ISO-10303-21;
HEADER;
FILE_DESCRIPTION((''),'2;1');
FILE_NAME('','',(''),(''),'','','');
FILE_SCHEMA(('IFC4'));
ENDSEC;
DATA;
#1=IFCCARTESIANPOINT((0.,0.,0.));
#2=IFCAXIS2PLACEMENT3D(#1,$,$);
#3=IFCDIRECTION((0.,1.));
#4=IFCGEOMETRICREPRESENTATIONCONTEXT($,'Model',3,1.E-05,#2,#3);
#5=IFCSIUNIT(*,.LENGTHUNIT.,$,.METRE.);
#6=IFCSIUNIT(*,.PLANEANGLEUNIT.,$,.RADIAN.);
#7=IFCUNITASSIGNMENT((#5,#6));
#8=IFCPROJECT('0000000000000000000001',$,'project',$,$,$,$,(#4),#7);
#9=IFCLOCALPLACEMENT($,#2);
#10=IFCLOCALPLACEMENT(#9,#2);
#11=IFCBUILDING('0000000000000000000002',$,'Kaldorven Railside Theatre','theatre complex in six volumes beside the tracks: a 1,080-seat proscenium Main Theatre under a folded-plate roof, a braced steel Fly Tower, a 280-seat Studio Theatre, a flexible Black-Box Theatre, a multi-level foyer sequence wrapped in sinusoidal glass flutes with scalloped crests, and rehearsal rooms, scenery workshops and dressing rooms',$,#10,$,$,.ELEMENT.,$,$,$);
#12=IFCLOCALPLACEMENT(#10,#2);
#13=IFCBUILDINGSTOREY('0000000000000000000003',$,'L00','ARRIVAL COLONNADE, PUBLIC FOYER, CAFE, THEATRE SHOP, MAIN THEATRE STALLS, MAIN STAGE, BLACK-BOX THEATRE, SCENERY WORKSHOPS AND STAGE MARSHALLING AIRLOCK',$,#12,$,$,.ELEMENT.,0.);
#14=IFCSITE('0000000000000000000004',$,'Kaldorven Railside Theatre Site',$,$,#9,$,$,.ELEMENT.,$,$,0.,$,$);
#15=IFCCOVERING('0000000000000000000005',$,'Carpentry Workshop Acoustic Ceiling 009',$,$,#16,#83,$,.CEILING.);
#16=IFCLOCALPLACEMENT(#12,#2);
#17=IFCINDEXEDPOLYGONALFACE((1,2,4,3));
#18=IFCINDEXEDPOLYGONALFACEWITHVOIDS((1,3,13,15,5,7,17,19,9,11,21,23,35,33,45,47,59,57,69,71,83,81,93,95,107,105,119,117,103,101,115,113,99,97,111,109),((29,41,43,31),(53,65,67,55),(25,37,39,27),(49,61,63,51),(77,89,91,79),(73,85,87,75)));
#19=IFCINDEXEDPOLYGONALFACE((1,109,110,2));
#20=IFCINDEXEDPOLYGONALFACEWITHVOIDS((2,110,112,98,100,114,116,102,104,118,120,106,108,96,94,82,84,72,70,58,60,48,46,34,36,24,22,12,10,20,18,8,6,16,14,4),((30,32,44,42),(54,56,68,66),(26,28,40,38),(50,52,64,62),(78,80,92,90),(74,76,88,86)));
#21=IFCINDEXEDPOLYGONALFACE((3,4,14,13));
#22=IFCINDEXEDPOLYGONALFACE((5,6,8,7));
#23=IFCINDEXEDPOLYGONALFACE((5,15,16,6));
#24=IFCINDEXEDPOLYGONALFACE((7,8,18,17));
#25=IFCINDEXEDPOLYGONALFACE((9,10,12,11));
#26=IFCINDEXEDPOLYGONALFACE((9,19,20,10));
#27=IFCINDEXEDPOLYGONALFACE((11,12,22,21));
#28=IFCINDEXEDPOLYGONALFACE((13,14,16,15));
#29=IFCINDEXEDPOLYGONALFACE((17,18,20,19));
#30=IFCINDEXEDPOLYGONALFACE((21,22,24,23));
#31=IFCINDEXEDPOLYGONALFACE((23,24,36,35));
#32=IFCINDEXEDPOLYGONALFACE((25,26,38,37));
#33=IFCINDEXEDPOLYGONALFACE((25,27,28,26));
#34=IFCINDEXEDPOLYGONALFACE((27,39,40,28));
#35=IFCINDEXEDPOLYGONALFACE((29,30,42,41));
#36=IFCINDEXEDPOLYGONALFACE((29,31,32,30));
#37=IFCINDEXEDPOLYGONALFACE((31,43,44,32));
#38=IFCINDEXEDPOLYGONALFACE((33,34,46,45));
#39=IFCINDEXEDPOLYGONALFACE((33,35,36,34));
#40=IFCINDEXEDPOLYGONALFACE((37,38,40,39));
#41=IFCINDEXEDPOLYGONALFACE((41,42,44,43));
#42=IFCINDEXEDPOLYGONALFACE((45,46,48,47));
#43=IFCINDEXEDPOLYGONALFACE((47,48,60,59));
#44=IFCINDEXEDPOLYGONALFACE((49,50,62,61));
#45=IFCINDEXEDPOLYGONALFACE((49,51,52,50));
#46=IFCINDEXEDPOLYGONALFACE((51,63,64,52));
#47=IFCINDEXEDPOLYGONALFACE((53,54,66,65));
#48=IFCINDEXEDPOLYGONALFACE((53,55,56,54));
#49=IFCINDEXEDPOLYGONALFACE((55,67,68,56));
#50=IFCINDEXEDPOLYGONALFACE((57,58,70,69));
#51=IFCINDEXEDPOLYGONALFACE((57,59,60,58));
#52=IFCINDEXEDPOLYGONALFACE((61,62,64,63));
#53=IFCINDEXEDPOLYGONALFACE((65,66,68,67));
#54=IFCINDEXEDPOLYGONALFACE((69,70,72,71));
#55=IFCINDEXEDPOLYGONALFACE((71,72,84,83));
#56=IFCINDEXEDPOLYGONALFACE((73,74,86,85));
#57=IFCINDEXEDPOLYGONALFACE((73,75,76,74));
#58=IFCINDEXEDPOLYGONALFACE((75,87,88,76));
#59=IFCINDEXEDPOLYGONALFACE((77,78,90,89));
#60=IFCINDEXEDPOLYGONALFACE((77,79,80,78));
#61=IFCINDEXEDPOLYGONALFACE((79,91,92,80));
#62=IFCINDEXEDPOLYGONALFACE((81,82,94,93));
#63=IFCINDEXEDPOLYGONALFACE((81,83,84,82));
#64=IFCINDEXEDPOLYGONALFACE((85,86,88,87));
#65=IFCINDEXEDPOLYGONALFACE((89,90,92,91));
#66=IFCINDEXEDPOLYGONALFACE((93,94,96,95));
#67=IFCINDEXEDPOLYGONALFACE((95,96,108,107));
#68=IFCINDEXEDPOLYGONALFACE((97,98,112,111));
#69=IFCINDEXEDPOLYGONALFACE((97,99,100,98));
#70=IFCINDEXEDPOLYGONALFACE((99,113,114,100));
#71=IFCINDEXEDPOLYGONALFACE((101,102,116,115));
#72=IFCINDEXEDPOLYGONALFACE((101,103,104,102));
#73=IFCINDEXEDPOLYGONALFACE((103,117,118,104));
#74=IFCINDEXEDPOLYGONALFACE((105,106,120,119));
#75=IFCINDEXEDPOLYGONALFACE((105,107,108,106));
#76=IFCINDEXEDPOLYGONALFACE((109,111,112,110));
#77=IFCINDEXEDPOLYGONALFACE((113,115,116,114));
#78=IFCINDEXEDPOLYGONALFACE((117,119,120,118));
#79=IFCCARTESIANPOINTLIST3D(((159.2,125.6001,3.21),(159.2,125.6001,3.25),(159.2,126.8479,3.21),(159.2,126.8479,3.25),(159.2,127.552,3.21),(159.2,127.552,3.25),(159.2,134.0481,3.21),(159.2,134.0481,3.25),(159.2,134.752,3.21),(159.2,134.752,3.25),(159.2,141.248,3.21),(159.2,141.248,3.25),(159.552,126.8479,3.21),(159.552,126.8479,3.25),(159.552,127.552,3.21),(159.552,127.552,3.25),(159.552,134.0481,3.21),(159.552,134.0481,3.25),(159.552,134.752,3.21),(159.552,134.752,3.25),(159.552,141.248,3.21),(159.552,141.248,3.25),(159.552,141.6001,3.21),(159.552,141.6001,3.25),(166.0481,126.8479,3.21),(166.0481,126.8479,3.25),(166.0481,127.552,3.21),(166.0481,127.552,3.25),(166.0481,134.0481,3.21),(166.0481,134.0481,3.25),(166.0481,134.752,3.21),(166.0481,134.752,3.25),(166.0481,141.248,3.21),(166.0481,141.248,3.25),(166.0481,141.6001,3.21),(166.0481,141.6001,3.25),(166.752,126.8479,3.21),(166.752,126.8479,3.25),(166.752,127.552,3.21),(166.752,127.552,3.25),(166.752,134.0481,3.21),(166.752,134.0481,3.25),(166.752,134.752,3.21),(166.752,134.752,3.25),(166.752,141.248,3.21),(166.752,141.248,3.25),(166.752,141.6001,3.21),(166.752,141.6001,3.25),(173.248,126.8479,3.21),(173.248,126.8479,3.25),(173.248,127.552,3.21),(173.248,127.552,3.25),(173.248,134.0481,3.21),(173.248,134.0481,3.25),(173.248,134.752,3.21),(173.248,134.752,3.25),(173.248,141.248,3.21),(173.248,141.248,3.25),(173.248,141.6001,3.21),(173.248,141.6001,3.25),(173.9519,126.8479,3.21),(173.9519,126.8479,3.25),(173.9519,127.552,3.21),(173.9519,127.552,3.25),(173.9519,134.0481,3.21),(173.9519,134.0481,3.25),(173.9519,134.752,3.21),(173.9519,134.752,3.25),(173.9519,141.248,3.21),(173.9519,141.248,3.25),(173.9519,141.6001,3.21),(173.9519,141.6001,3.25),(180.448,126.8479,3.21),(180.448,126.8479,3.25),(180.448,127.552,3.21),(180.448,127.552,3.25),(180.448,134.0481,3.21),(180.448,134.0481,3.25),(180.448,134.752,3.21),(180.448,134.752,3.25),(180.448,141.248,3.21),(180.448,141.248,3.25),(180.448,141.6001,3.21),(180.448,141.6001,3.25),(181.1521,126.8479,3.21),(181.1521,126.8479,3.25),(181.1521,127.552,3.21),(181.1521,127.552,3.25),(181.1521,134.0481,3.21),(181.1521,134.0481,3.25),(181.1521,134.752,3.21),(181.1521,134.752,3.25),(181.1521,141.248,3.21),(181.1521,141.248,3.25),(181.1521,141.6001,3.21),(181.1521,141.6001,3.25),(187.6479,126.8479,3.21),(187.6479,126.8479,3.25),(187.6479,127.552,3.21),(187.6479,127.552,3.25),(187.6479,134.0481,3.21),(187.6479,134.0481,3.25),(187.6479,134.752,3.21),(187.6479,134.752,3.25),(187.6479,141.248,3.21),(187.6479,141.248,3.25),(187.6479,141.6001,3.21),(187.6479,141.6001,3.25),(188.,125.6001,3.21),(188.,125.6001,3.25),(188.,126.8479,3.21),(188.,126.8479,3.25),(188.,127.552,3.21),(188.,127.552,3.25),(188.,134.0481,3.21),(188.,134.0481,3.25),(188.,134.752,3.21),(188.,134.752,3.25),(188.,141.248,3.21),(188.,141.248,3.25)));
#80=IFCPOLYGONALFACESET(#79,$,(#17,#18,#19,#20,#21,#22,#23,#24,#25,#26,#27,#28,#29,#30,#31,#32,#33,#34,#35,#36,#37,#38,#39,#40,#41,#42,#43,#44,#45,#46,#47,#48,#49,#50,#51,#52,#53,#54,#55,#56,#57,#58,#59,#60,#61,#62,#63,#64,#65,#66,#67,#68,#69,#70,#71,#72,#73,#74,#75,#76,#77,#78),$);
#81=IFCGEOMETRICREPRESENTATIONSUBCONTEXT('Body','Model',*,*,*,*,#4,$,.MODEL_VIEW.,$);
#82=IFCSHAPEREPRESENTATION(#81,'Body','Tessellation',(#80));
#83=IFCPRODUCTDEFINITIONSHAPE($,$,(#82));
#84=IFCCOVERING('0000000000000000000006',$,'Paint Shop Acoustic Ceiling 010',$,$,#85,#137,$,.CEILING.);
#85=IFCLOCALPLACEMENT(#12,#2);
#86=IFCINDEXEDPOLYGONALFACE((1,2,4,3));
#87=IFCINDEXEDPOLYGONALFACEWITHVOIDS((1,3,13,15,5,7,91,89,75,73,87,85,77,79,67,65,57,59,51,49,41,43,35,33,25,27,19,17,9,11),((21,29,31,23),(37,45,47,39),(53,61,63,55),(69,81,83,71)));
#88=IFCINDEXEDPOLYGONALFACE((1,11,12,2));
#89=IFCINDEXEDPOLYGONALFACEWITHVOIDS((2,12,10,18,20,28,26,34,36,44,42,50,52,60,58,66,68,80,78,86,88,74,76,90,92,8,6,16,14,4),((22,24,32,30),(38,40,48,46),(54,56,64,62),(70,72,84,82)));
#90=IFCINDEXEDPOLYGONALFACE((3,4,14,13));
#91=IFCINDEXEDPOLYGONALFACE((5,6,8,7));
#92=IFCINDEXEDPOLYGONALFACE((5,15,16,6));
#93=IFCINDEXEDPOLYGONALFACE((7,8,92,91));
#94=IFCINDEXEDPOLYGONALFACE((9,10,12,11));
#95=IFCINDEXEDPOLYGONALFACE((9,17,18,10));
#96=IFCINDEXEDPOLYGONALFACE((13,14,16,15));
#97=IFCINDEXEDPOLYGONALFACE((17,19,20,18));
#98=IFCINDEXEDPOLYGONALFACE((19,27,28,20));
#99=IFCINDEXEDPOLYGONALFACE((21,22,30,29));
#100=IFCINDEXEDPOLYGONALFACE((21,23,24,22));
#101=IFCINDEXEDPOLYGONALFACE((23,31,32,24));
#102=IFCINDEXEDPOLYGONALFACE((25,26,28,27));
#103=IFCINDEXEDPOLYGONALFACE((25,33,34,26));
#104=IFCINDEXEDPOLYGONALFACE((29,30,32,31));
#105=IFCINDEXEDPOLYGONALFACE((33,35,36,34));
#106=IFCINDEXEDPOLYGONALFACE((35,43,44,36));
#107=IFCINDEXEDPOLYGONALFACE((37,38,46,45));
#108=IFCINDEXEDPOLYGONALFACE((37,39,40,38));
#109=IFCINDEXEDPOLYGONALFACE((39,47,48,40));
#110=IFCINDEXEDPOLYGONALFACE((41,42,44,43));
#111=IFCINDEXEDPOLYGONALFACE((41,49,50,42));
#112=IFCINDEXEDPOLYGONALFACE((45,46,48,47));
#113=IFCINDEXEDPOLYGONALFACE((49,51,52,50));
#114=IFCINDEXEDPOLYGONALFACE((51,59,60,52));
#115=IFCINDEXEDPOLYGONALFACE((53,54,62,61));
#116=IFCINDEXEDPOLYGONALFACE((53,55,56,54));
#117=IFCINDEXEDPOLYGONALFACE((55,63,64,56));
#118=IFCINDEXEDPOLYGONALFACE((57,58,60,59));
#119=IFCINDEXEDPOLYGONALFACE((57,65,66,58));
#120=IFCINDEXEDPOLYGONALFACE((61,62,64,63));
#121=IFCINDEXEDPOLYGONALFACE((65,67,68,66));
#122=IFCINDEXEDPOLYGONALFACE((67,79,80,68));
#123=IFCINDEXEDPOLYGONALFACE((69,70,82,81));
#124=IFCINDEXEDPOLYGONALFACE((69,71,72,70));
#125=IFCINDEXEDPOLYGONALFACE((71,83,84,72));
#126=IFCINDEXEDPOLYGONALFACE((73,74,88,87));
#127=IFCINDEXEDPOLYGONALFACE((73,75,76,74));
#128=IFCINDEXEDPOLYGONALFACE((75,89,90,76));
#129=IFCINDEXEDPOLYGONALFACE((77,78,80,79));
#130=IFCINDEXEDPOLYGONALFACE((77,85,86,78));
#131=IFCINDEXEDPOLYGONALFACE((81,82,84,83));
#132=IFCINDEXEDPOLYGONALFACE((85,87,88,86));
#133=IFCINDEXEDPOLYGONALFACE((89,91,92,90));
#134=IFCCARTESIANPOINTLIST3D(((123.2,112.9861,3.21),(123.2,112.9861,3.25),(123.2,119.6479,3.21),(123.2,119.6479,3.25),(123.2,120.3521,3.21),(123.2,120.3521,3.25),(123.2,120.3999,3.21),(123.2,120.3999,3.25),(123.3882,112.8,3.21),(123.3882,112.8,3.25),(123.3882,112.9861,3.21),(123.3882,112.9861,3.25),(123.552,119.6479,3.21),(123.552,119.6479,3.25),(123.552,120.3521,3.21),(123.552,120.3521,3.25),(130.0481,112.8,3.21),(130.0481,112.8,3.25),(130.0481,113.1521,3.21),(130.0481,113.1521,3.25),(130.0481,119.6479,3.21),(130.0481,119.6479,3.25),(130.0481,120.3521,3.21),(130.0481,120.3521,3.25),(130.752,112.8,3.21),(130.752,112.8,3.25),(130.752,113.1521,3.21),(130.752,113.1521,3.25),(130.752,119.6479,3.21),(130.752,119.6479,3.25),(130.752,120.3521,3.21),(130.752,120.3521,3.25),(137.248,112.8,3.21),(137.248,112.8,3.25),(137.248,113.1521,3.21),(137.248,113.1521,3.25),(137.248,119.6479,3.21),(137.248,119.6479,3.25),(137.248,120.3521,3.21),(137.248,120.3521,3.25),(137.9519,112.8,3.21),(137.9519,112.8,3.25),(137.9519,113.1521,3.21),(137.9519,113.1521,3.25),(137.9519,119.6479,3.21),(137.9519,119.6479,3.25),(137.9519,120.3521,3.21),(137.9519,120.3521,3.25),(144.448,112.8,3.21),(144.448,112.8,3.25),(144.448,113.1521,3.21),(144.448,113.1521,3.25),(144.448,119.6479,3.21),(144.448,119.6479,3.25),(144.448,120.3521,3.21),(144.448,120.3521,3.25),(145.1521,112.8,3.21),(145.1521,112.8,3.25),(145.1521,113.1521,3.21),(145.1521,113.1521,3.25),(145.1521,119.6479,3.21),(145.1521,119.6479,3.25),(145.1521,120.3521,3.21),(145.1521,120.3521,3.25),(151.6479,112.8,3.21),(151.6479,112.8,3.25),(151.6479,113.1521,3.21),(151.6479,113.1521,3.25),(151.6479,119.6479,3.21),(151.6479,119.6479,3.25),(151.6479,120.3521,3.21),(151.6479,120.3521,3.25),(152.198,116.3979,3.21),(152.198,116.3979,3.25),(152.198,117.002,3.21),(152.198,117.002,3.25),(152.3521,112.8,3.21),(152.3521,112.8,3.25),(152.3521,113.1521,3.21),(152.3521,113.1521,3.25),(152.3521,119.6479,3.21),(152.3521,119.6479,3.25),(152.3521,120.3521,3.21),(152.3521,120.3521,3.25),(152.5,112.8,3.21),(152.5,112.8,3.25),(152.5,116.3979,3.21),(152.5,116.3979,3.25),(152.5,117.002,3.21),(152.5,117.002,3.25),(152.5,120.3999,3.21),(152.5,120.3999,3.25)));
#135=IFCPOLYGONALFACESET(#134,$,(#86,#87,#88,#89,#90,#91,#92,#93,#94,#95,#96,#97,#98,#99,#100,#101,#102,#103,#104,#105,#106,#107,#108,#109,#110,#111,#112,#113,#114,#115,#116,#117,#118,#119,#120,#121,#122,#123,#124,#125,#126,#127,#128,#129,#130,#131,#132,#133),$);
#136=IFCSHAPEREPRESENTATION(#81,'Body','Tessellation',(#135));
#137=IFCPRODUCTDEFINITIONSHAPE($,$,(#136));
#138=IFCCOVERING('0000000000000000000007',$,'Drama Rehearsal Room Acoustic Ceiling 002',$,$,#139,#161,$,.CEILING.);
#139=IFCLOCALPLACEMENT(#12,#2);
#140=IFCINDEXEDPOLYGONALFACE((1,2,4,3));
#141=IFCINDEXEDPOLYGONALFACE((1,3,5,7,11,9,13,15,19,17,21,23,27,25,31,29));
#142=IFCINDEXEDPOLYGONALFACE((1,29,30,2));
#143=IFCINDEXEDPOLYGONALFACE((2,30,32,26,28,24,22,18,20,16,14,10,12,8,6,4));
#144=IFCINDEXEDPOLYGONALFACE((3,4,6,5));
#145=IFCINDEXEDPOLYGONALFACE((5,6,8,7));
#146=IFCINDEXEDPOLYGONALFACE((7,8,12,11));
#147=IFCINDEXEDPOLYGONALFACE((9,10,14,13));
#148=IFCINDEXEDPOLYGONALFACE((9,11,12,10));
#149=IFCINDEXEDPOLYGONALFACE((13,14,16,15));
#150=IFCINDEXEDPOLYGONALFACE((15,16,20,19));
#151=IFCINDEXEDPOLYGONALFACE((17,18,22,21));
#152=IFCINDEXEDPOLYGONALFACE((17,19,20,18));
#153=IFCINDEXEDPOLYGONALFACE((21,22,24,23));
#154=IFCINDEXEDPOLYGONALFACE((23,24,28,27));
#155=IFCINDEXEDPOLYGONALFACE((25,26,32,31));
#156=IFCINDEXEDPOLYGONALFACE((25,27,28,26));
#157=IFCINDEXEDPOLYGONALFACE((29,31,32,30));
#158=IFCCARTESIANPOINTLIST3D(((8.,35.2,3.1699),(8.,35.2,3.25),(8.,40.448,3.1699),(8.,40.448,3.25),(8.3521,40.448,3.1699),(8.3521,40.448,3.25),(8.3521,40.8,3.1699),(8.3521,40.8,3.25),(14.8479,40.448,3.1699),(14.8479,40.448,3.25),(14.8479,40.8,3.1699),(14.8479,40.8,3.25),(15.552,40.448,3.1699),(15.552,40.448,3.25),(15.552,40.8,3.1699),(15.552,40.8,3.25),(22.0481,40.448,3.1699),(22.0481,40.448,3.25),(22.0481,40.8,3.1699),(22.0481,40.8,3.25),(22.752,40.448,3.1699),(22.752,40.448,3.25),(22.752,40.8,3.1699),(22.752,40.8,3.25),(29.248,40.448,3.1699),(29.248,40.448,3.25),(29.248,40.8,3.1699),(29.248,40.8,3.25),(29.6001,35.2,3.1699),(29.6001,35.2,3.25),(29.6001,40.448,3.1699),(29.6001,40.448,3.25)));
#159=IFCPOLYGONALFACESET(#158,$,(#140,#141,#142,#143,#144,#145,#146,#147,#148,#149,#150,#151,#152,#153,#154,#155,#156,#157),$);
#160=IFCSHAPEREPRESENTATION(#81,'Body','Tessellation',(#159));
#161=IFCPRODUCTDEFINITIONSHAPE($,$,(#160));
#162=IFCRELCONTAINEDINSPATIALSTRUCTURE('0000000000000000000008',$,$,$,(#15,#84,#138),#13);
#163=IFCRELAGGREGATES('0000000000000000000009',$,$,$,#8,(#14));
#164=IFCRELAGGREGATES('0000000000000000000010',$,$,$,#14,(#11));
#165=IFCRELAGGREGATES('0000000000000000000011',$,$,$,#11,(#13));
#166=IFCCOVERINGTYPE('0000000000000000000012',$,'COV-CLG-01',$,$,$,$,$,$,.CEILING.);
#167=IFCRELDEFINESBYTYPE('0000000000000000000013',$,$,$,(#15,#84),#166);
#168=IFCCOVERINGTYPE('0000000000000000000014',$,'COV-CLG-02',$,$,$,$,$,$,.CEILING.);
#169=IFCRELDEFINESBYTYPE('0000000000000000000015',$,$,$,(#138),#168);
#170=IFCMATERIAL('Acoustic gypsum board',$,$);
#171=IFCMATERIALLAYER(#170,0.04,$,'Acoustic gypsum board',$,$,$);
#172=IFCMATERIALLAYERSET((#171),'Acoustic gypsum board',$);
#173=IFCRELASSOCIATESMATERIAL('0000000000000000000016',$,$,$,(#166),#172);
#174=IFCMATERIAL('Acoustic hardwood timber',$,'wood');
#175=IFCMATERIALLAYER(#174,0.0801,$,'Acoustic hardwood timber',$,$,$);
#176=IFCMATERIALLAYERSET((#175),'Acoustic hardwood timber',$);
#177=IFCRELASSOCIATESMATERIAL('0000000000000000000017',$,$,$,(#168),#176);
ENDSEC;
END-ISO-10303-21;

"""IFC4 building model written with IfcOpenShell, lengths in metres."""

from ifc_helpers import new_model, si_unit, direction, frame, origin, place, context, subcontext, project, spatial, polyline, outline, extrude, material, layer, layer_set, type_object, element, save


model = new_model("IFC4")

# Units and contexts
model_context = context("Model", 3, precision=1e-05, world=origin(), true_north=direction((0.0, 1.0)))
body_context = subcontext(model_context, "Body", "Model", "MODEL_VIEW")
ifc_project = project(units=[si_unit("LENGTHUNIT", "METRE"), si_unit("PLANEANGLEUNIT", "RADIAN")], contexts=[model_context])

# Site, building, storey
site_placement = place(None, origin())
site = spatial("IfcSite", under=ifc_project, at=site_placement, Name="Kaldorven Railside Theatre Site", CompositionType="ELEMENT", RefElevation=0.0)
building_placement = place(site_placement, origin())
building = spatial("IfcBuilding", under=site, at=building_placement, Name="Kaldorven Railside Theatre", Description="theatre complex in six volumes beside the tracks: a 1,080-seat proscenium Main Theatre under a folded-plate roof, a braced steel Fly Tower, a 280-seat Studio Theatre, a flexible Black-Box Theatre, a multi-level foyer sequence wrapped in sinusoidal glass flutes with scalloped crests, and rehearsal rooms, scenery workshops and dressing rooms", CompositionType="ELEMENT")
storey_placement = place(building_placement, origin())
storey = spatial("IfcBuildingStorey", under=building, at=storey_placement, Name="L00", Description="ARRIVAL COLONNADE, PUBLIC FOYER, CAFE, THEATRE SHOP, MAIN THEATRE STALLS, MAIN STAGE, BLACK-BOX THEATRE, SCENERY WORKSHOPS AND STAGE MARSHALLING AIRLOCK", CompositionType="ELEMENT", Elevation=0.0)

# Coverings
ifc_material_1 = material(Name="Acoustic gypsum board")
ifc_layer_1 = layer(ifc_material_1, 0.04, Name="Acoustic gypsum board")
ifc_layer_set_1 = layer_set([ifc_layer_1], Name="Acoustic gypsum board")
covering_type_1 = type_object("IfcCoveringType", Name="COV-CLG-01", PredefinedType="CEILING", material=ifc_layer_set_1)
covering_1_placement = place(storey_placement, frame((0.0, 0.0, 3.21)))
element("IfcCovering", 1, at=covering_1_placement, inside=storey, type_object=covering_type_1, Name="Carpentry Workshop Acoustic Ceiling 009", PredefinedType="CEILING", context=body_context, shape_type="SweptSolid", body=[
    extrude(outline(polyline([(188.0, 125.6001), (159.2, 125.6001), (159.2, 126.8479), (159.552, 126.8479), (159.552, 127.552), (159.2, 127.552), (159.2, 134.0481), (159.552, 134.0481), (159.552, 134.752), (159.2, 134.752), (159.2, 141.248), (159.552, 141.248), (159.552, 141.6001), (166.0481, 141.6001), (166.0481, 141.248), (166.752, 141.248), (166.752, 141.6001), (173.248, 141.6001), (173.248, 141.248), (173.9519, 141.248), (173.9519, 141.6001), (180.448, 141.6001), (180.448, 141.248), (181.1521, 141.248), (181.1521, 141.6001), (187.6479, 141.6001), (187.6479, 141.248), (188.0, 141.248), (188.0, 134.752), (187.6479, 134.752), (187.6479, 134.0481), (188.0, 134.0481), (188.0, 127.552), (187.6479, 127.552), (187.6479, 126.8479), (188.0, 126.8479), (188.0, 125.6001)]), holes=[polyline([(181.1521, 127.552), (180.448, 127.552), (180.448, 126.8479), (181.1521, 126.8479), (181.1521, 127.552)]), polyline([(166.752, 127.552), (166.0481, 127.552), (166.0481, 126.8479), (166.752, 126.8479), (166.752, 127.552)]), polyline([(173.9519, 127.552), (173.248, 127.552), (173.248, 126.8479), (173.9519, 126.8479), (173.9519, 127.552)]), polyline([(181.1521, 134.752), (180.448, 134.752), (180.448, 134.0481), (181.1521, 134.0481), (181.1521, 134.752)]), polyline([(173.9519, 134.752), (173.248, 134.752), (173.248, 134.0481), (173.9519, 134.0481), (173.9519, 134.752)]), polyline([(166.752, 134.752), (166.0481, 134.752), (166.0481, 134.0481), (166.752, 134.0481), (166.752, 134.752)])]), origin(), (0.0, 0.0, 1.0), 0.04),
])
covering_2_placement = place(storey_placement, frame((0.0, 0.0, 3.21)))
element("IfcCovering", 2, at=covering_2_placement, inside=storey, type_object=covering_type_1, Name="Paint Shop Acoustic Ceiling 010", PredefinedType="CEILING", context=body_context, shape_type="SweptSolid", body=[
    extrude(outline(polyline([(152.5, 112.8), (152.3521, 112.8), (152.3521, 113.1521), (151.6479, 113.1521), (151.6479, 112.8), (145.1521, 112.8), (145.1521, 113.1521), (144.448, 113.1521), (144.448, 112.8), (137.9519, 112.8), (137.9519, 113.1521), (137.248, 113.1521), (137.248, 112.8), (130.752, 112.8), (130.752, 113.1521), (130.0481, 113.1521), (130.0481, 112.8), (123.3882, 112.8), (123.3882, 112.9861), (123.2, 112.9861), (123.2, 119.6479), (123.552, 119.6479), (123.552, 120.3521), (123.2, 120.3521), (123.2, 120.3999), (152.5, 120.3999), (152.5, 117.002), (152.198, 117.002), (152.198, 116.3979), (152.5, 116.3979), (152.5, 112.8)]), holes=[polyline([(130.752, 120.3521), (130.0481, 120.3521), (130.0481, 119.6479), (130.752, 119.6479), (130.752, 120.3521)]), polyline([(145.1521, 120.3521), (144.448, 120.3521), (144.448, 119.6479), (145.1521, 119.6479), (145.1521, 120.3521)]), polyline([(137.9519, 120.3521), (137.248, 120.3521), (137.248, 119.6479), (137.9519, 119.6479), (137.9519, 120.3521)]), polyline([(152.3521, 120.3521), (151.6479, 120.3521), (151.6479, 119.6479), (152.3521, 119.6479), (152.3521, 120.3521)])]), origin(), (0.0, 0.0, 1.0), 0.04),
])
ifc_material_2 = material(Name="Acoustic hardwood timber", Category="wood")
ifc_layer_2 = layer(ifc_material_2, 0.0801, Name="Acoustic hardwood timber")
ifc_layer_set_2 = layer_set([ifc_layer_2], Name="Acoustic hardwood timber")
covering_type_2 = type_object("IfcCoveringType", Name="COV-CLG-02", PredefinedType="CEILING", material=ifc_layer_set_2)
covering_3_placement = place(storey_placement, frame((0.0, 0.0, 3.1699)))
element("IfcCovering", 3, at=covering_3_placement, inside=storey, type_object=covering_type_2, Name="Drama Rehearsal Room Acoustic Ceiling 002", PredefinedType="CEILING", context=body_context, shape_type="SweptSolid", body=[
    extrude(outline(polyline([(29.6001, 35.2), (8.0, 35.2), (8.0, 40.448), (8.3521, 40.448), (8.3521, 40.8), (14.8479, 40.8), (14.8479, 40.448), (15.552, 40.448), (15.552, 40.8), (22.0481, 40.8), (22.0481, 40.448), (22.752, 40.448), (22.752, 40.8), (29.248, 40.8), (29.248, 40.448), (29.6001, 40.448), (29.6001, 35.2)])), origin(), (0.0, 0.0, 1.0), 0.0801),
])

save(model, "model.ifc")
